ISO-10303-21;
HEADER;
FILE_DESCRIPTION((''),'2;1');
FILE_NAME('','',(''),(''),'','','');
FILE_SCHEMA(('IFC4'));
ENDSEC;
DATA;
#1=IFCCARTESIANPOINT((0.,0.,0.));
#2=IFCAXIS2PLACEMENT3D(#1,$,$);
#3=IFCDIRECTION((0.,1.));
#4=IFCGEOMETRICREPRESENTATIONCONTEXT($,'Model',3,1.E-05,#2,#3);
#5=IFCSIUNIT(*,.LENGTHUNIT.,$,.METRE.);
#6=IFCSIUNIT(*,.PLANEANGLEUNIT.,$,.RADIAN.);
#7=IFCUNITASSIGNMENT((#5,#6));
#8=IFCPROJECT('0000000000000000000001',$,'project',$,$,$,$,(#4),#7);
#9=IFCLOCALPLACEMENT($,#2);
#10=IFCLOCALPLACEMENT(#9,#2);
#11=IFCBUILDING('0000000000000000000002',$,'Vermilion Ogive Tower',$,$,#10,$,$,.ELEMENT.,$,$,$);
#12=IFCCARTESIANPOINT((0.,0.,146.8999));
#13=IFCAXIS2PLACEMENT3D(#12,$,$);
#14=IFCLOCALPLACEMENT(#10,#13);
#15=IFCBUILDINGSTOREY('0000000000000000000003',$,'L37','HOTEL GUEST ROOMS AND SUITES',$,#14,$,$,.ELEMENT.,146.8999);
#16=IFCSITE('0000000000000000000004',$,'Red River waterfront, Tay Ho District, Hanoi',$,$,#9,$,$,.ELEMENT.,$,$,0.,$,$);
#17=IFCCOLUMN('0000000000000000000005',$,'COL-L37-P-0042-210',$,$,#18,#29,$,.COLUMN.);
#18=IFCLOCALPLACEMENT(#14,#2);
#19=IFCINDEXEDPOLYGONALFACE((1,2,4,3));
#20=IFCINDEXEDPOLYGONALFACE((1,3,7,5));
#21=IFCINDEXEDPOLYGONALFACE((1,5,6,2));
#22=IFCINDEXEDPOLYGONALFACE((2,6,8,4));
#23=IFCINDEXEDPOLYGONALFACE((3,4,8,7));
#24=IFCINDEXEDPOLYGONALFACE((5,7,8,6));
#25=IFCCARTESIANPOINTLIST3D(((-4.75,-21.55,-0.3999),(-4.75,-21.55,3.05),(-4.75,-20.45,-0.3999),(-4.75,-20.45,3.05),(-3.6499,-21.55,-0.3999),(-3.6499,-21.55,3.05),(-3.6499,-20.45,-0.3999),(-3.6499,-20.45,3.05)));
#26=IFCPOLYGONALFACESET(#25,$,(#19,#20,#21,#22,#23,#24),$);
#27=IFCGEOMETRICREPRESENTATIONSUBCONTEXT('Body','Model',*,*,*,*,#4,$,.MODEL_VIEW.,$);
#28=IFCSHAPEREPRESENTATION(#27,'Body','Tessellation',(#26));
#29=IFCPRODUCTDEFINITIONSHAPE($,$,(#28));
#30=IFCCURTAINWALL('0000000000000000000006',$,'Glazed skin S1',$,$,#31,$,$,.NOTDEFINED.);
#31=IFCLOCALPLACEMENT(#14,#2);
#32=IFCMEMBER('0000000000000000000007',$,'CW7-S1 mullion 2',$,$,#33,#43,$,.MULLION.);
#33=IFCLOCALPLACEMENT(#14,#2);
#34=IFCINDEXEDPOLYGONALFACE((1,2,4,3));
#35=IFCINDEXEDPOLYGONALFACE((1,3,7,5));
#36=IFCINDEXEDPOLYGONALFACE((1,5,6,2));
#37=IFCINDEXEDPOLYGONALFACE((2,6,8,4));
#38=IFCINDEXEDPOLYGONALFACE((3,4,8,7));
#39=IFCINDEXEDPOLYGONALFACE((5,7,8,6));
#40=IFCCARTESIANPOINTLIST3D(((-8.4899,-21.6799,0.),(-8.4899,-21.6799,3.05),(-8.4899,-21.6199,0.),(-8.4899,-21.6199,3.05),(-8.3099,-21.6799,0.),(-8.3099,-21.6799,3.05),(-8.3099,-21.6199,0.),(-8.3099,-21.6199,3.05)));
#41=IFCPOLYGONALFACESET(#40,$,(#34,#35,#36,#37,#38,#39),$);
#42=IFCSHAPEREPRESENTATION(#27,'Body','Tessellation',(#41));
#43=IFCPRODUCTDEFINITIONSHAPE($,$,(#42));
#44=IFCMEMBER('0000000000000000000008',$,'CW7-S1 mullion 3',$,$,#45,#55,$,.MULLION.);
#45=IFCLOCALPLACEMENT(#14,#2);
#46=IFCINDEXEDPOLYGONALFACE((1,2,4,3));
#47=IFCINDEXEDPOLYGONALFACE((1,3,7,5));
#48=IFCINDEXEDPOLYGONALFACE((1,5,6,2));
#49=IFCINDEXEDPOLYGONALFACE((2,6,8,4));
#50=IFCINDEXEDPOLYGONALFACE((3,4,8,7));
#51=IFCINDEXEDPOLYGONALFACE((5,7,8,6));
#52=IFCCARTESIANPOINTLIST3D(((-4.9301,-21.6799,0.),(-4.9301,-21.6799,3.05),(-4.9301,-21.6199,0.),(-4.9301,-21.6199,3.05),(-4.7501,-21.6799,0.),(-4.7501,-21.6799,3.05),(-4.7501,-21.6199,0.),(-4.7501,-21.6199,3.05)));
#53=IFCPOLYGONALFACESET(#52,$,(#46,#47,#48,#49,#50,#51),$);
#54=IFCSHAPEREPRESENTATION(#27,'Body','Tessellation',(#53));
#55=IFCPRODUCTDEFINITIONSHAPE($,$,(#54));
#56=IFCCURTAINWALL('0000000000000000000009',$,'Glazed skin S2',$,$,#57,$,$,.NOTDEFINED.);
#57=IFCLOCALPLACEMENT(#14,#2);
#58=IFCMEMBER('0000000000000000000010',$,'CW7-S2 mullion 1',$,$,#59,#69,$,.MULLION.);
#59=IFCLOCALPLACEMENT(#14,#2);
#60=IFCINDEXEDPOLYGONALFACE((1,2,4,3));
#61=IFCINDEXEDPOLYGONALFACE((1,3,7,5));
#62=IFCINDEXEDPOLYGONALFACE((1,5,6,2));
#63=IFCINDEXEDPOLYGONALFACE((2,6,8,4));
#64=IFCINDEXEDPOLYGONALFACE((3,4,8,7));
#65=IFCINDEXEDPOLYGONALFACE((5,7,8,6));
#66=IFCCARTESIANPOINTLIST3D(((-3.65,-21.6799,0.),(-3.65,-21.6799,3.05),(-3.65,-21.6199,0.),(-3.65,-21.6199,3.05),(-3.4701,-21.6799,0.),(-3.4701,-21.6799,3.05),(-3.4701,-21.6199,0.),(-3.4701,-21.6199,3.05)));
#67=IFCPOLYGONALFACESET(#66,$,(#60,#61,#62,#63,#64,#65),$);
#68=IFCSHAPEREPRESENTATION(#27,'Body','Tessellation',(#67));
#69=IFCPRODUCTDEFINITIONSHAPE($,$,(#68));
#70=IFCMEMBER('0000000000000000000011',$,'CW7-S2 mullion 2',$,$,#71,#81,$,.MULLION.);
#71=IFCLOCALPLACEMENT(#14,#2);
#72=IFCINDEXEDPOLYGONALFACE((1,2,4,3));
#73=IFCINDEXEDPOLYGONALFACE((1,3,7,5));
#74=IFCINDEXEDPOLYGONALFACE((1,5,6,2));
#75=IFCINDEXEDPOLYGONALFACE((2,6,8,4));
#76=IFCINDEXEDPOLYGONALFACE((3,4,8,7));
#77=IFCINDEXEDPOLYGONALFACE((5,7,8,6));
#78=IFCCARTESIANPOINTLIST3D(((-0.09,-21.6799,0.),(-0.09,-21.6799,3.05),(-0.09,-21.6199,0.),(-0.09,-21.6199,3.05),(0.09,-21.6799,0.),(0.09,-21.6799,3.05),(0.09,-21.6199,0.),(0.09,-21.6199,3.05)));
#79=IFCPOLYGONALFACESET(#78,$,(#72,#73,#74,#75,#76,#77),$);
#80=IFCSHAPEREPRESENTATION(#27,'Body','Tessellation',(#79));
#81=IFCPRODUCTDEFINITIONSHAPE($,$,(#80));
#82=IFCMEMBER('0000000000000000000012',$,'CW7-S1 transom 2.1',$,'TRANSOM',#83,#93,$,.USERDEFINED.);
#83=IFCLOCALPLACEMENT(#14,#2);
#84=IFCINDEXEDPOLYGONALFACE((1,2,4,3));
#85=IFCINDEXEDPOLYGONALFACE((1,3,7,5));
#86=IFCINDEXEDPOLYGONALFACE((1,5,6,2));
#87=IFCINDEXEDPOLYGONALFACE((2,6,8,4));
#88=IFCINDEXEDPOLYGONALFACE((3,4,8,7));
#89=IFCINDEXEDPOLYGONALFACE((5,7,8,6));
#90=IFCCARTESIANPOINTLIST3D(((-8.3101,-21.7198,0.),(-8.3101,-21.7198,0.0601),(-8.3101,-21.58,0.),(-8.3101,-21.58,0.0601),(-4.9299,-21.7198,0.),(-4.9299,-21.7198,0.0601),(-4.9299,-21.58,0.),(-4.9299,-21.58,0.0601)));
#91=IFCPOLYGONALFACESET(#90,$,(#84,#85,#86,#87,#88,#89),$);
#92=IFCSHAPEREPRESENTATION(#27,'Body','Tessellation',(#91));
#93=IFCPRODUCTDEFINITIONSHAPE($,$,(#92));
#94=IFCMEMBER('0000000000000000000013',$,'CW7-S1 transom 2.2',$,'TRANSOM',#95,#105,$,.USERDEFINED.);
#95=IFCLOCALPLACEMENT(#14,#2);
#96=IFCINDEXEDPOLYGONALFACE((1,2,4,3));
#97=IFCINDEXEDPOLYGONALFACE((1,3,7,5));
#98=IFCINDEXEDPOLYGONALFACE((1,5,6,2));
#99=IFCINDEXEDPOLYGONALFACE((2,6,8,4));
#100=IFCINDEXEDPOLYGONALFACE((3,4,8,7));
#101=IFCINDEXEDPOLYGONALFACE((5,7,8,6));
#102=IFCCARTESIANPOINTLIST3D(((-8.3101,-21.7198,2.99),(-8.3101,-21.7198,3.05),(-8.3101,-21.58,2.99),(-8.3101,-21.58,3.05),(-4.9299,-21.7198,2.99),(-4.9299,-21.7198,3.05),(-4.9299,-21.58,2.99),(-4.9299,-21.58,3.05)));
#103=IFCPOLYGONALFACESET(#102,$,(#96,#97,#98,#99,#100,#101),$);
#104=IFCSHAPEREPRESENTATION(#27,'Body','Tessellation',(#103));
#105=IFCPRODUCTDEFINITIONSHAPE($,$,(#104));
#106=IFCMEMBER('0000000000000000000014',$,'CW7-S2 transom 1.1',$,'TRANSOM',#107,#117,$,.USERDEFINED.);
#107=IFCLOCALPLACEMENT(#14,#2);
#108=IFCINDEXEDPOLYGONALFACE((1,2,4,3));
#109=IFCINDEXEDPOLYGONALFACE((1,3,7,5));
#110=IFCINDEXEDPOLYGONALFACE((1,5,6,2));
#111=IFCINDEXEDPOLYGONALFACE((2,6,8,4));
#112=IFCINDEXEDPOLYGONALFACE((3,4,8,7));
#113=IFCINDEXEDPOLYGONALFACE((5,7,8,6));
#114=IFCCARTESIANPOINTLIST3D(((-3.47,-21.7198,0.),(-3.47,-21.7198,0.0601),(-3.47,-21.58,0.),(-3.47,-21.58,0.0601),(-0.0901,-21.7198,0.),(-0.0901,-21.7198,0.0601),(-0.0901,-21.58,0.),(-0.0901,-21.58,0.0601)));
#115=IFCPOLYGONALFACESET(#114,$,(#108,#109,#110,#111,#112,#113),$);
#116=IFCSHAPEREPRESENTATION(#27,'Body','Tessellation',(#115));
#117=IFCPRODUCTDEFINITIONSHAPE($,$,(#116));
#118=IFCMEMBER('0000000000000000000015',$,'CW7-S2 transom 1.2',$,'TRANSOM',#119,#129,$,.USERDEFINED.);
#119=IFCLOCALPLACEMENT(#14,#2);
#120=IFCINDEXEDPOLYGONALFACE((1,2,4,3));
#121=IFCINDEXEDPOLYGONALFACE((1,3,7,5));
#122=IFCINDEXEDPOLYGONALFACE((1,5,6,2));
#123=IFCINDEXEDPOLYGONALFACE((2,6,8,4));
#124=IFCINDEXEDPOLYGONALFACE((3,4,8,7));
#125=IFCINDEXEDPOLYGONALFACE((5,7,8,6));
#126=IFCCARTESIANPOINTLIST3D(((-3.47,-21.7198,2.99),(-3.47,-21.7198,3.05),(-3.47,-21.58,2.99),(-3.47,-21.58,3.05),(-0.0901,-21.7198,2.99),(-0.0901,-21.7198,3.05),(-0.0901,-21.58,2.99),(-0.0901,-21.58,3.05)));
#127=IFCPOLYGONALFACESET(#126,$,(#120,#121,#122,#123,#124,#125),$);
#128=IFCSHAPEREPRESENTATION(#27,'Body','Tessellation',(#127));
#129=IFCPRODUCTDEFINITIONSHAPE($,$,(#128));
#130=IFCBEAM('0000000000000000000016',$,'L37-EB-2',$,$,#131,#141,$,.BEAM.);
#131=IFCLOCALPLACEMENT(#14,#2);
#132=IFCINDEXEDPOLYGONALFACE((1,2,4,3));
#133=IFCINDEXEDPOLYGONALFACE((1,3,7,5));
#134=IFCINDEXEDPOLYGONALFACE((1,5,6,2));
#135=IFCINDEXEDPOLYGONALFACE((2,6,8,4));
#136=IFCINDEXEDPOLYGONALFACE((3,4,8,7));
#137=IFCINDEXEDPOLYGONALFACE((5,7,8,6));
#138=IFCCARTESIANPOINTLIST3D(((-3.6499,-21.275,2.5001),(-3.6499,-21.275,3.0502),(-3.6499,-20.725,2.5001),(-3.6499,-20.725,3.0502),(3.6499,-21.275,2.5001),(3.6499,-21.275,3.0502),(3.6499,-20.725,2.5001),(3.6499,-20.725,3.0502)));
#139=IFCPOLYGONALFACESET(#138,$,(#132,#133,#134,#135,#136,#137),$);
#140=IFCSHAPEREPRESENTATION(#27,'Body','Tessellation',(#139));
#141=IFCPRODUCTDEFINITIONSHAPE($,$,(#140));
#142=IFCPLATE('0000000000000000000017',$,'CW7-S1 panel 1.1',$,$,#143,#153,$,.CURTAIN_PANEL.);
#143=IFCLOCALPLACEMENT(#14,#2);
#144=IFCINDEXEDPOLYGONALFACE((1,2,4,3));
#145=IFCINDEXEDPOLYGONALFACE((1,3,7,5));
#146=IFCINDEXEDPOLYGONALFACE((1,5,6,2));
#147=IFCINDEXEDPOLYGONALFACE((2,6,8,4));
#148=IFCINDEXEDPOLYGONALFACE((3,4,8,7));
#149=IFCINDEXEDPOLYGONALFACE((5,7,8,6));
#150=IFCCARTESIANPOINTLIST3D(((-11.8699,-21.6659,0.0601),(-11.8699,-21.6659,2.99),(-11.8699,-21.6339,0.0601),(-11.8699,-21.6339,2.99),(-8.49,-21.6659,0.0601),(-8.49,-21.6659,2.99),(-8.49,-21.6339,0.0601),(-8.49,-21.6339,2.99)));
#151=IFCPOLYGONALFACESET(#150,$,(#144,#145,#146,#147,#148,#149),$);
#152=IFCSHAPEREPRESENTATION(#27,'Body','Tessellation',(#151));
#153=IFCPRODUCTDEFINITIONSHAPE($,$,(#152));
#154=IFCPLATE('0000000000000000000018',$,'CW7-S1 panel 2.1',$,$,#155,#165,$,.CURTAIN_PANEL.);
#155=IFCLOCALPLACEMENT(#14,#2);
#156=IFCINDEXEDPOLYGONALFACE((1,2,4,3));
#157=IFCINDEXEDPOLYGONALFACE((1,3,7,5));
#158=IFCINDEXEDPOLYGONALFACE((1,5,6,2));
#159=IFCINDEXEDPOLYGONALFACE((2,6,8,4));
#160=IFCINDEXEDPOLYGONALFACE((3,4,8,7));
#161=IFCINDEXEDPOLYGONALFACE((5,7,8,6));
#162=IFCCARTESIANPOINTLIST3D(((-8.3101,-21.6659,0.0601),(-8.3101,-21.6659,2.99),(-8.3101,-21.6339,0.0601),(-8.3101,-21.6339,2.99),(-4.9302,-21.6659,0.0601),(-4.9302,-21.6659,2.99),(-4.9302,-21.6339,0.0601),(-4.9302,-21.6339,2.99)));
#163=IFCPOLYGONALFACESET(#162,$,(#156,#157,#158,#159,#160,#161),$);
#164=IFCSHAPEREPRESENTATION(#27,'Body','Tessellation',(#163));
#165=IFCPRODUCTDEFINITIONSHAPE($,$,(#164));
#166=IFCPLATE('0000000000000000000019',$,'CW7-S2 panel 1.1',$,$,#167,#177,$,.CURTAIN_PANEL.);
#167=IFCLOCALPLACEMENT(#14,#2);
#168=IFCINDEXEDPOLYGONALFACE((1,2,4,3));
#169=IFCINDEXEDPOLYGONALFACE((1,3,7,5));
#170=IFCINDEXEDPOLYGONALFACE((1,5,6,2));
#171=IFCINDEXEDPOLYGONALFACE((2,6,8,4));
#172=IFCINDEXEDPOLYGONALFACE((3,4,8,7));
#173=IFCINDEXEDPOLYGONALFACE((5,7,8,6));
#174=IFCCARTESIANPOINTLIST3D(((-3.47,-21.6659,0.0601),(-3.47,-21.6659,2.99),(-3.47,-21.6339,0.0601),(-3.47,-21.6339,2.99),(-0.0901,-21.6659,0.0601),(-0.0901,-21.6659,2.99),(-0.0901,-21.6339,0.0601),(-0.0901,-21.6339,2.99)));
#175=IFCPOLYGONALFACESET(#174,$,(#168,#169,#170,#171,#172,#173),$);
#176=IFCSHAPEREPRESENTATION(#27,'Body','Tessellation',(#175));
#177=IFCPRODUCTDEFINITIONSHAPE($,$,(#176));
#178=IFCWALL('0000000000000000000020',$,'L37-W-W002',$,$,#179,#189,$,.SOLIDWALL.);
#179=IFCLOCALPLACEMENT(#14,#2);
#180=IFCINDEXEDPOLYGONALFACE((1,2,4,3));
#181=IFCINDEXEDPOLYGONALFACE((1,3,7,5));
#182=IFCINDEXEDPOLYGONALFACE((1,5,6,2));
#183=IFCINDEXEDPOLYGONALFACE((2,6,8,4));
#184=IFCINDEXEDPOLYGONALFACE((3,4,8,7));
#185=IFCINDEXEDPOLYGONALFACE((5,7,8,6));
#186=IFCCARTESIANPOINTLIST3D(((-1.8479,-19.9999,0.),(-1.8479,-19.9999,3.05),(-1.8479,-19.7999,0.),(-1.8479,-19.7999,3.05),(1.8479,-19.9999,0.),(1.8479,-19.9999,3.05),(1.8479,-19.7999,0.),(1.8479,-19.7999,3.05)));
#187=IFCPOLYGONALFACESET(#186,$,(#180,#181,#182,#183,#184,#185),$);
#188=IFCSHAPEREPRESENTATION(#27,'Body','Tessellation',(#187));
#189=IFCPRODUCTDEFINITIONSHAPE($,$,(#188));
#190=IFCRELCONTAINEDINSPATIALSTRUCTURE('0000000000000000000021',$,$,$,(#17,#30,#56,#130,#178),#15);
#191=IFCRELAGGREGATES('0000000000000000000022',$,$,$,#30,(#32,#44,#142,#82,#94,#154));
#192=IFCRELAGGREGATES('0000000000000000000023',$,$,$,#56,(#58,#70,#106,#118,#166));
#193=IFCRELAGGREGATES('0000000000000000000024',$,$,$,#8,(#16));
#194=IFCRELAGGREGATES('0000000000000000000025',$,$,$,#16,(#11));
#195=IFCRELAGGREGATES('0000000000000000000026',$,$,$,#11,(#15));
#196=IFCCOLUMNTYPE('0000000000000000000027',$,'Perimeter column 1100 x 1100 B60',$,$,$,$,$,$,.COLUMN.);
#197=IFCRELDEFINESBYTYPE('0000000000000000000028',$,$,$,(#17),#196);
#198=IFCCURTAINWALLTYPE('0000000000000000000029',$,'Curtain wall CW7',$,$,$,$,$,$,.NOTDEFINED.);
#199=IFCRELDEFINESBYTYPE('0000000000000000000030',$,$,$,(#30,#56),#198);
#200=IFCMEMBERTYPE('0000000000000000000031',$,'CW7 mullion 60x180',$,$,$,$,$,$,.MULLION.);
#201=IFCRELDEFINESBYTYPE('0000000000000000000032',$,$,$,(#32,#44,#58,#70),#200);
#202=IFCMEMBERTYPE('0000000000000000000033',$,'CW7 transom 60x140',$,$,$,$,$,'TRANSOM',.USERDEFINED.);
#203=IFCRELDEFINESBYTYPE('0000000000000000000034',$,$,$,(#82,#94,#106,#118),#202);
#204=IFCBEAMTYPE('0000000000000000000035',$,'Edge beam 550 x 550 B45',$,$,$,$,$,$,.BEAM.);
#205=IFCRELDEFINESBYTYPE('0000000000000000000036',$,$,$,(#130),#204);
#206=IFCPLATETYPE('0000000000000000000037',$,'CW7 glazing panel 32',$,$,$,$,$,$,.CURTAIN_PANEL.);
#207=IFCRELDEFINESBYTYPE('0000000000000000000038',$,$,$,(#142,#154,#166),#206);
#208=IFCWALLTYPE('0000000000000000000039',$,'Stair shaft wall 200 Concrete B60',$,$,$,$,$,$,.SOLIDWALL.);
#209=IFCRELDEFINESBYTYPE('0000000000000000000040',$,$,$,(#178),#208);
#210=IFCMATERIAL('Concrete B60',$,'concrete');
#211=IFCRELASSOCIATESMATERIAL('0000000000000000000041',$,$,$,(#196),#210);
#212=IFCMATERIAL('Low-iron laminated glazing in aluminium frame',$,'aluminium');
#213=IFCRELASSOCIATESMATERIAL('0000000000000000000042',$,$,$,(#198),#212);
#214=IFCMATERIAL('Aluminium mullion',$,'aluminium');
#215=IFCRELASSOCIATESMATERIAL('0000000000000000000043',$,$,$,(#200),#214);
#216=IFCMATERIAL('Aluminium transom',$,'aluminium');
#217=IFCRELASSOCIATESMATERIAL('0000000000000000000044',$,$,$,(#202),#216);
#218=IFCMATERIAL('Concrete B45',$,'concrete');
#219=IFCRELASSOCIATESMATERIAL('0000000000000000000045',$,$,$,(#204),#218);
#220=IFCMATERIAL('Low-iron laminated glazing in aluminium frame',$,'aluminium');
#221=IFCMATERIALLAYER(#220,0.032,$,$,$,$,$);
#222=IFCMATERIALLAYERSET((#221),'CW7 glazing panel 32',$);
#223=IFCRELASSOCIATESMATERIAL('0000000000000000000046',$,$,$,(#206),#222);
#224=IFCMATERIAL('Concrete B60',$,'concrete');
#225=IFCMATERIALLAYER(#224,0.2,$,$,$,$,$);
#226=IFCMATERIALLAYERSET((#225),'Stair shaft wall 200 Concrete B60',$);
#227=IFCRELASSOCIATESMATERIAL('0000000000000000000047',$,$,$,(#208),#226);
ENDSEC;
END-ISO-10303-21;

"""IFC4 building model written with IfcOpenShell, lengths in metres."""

from ifc_helpers import new_model, si_unit, direction, frame, frame_2d, origin, origin_2d, place, context, subcontext, project, spatial, rectangle, extrude, material, layer, layer_set, material_profile, profile_set, type_object, element, aggregate, save


model = new_model("IFC4")

# Units and contexts
model_context = context("Model", 3, precision=1e-05, world=origin(), true_north=direction((0.0, 1.0)))
body_context = subcontext(model_context, "Body", "Model", "MODEL_VIEW")
ifc_project = project(units=[si_unit("LENGTHUNIT", "METRE"), si_unit("PLANEANGLEUNIT", "RADIAN")], contexts=[model_context])

# Site, building, storey
site_placement = place(None, origin())
site = spatial("IfcSite", under=ifc_project, at=site_placement, Name="Red River waterfront, Tay Ho District, Hanoi", CompositionType="ELEMENT", RefElevation=0.0)
building_placement = place(site_placement, origin())
building = spatial("IfcBuilding", under=site, at=building_placement, Name="Vermilion Ogive Tower", CompositionType="ELEMENT")
storey_placement = place(building_placement, frame((0.0, 0.0, 146.8999)))
storey = spatial("IfcBuildingStorey", under=building, at=storey_placement, Name="L37", Description="HOTEL GUEST ROOMS AND SUITES", CompositionType="ELEMENT", Elevation=146.8999)

# Column
ifc_material_1 = material(Name="Concrete B60", Category="concrete")
ifc_material_profile_1 = material_profile(ifc_material_1, rectangle(XDim=1.1001, YDim=1.1001, at=origin_2d()), Name="1100 x 1100")
ifc_profile_set_1 = profile_set([ifc_material_profile_1], Name="Concrete B60")
column_type = type_object("IfcColumnType", Name="Perimeter column 1100 x 1100 B60", PredefinedType="COLUMN", material=ifc_profile_set_1)
column_placement = place(storey_placement, frame((-4.2, -21.0, -0.3999), z_axis=(0.0, 0.0, 1.0), x_axis=(1.0, 0.0, 0.0)))
element("IfcColumn", 1, at=column_placement, inside=storey, type_object=column_type, Name="COL-L37-P-0042-210", PredefinedType="COLUMN", context=body_context, shape_type="SweptSolid", body=[
    extrude(rectangle(XDim=1.1001, YDim=1.1001, at=origin_2d()), origin(), (0.0, 0.0, 1.0), 3.45),
])

# Curtain walls, members
ifc_material_2 = material(Name="Low-iron laminated glazing in aluminium frame", Category="aluminium")
curtain_wall_type = type_object("IfcCurtainWallType", Name="Curtain wall CW7", PredefinedType="NOTDEFINED", material=ifc_material_2)
curtain_wall_1_placement = place(storey_placement, origin())
curtain_wall_1 = element("IfcCurtainWall", 2, at=curtain_wall_1_placement, inside=storey, type_object=curtain_wall_type, Name="Glazed skin S1", PredefinedType="NOTDEFINED")
ifc_material_3 = material(Name="Aluminium mullion", Category="aluminium")
ifc_material_profile_2 = material_profile(ifc_material_3, rectangle(XDim=0.0601, YDim=0.1799, at=origin_2d()), Name="AL 60x180")
ifc_profile_set_2 = profile_set([ifc_material_profile_2], Name="Aluminium mullion")
member_type_1 = type_object("IfcMemberType", Name="CW7 mullion 60x180", PredefinedType="MULLION", material=ifc_profile_set_2)
member_1_placement = place(storey_placement, frame((-8.3999, -21.6499, 0.0), z_axis=(0.0, 0.0, 1.0), x_axis=(0.0, 1.0, 0.0)))
member_1 = element("IfcMember", 3, at=member_1_placement, type_object=member_type_1, Name="CW7-S1 mullion 2", PredefinedType="MULLION", context=body_context, shape_type="SweptSolid", body=[
    extrude(rectangle(XDim=0.0601, YDim=0.1799, at=origin_2d()), origin(), (0.0, 0.0, 1.0), 3.05),
])
member_2_placement = place(storey_placement, frame((-4.8401, -21.6499, 0.0), z_axis=(0.0, 0.0, 1.0), x_axis=(0.0, 1.0, 0.0)))
member_2 = element("IfcMember", 4, at=member_2_placement, type_object=member_type_1, Name="CW7-S1 mullion 3", PredefinedType="MULLION", context=body_context, shape_type="SweptSolid", body=[
    extrude(rectangle(XDim=0.0601, YDim=0.1799, at=origin_2d()), origin(), (0.0, 0.0, 1.0), 3.05),
])
curtain_wall_2_placement = place(storey_placement, origin())
curtain_wall_2 = element("IfcCurtainWall", 5, at=curtain_wall_2_placement, inside=storey, type_object=curtain_wall_type, Name="Glazed skin S2", PredefinedType="NOTDEFINED")
member_3_placement = place(storey_placement, frame((-3.5601, -21.6499, 0.0), z_axis=(0.0, 0.0, 1.0), x_axis=(0.0, 1.0, 0.0)))
member_3 = element("IfcMember", 6, at=member_3_placement, type_object=member_type_1, Name="CW7-S2 mullion 1", PredefinedType="MULLION", context=body_context, shape_type="SweptSolid", body=[
    extrude(rectangle(XDim=0.0601, YDim=0.1799, at=origin_2d()), origin(), (0.0, 0.0, 1.0), 3.05),
])
member_4_placement = place(storey_placement, frame((0.0, -21.6499, 0.0), z_axis=(0.0, 0.0, 1.0), x_axis=(0.0, 1.0, 0.0)))
member_4 = element("IfcMember", 7, at=member_4_placement, type_object=member_type_1, Name="CW7-S2 mullion 2", PredefinedType="MULLION", context=body_context, shape_type="SweptSolid", body=[
    extrude(rectangle(XDim=0.0601, YDim=0.1799, at=origin_2d()), origin(), (0.0, 0.0, 1.0), 3.05),
])

# Members
ifc_material_4 = material(Name="Aluminium transom", Category="aluminium")
ifc_material_profile_3 = material_profile(ifc_material_4, rectangle(XDim=0.1399, YDim=0.0601, at=origin_2d()), Name="AL 60x140")
ifc_profile_set_3 = profile_set([ifc_material_profile_3], Name="Aluminium transom")
member_type_2 = type_object("IfcMemberType", Name="CW7 transom 60x140", ElementType="TRANSOM", PredefinedType="USERDEFINED", material=ifc_profile_set_3)
member_5_placement = place(storey_placement, frame((-8.3101, -21.6499, 0.03), z_axis=(1.0, 0.0, 0.0), x_axis=(0.0, 1.0, 0.0)))
member_5 = element("IfcMember", 8, at=member_5_placement, type_object=member_type_2, Name="CW7-S1 transom 2.1", ObjectType="TRANSOM", PredefinedType="USERDEFINED", context=body_context, shape_type="SweptSolid", body=[
    extrude(rectangle(XDim=0.1399, YDim=0.0601, at=origin_2d()), origin(), (0.0, 0.0, 1.0), 3.3801),
])
member_6_placement = place(storey_placement, frame((-8.3101, -21.6499, 3.02), z_axis=(1.0, 0.0, 0.0), x_axis=(0.0, 1.0, 0.0)))
member_6 = element("IfcMember", 9, at=member_6_placement, type_object=member_type_2, Name="CW7-S1 transom 2.2", ObjectType="TRANSOM", PredefinedType="USERDEFINED", context=body_context, shape_type="SweptSolid", body=[
    extrude(rectangle(XDim=0.1399, YDim=0.0601, at=origin_2d()), origin(), (0.0, 0.0, 1.0), 3.3801),
])
member_7_placement = place(storey_placement, frame((-3.47, -21.6499, 0.03), z_axis=(1.0, 0.0, 0.0), x_axis=(0.0, 1.0, 0.0)))
member_7 = element("IfcMember", 10, at=member_7_placement, type_object=member_type_2, Name="CW7-S2 transom 1.1", ObjectType="TRANSOM", PredefinedType="USERDEFINED", context=body_context, shape_type="SweptSolid", body=[
    extrude(rectangle(XDim=0.1399, YDim=0.0601, at=origin_2d()), origin(), (0.0, 0.0, 1.0), 3.3799),
])
member_8_placement = place(storey_placement, frame((-3.47, -21.6499, 3.02), z_axis=(1.0, 0.0, 0.0), x_axis=(0.0, 1.0, 0.0)))
member_8 = element("IfcMember", 11, at=member_8_placement, type_object=member_type_2, Name="CW7-S2 transom 1.2", ObjectType="TRANSOM", PredefinedType="USERDEFINED", context=body_context, shape_type="SweptSolid", body=[
    extrude(rectangle(XDim=0.1399, YDim=0.0601, at=origin_2d()), origin(), (0.0, 0.0, 1.0), 3.3799),
])

# Beam
ifc_material_5 = material(Name="Concrete B45", Category="concrete")
ifc_material_profile_4 = material_profile(ifc_material_5, rectangle(XDim=0.55, YDim=0.55, at=origin_2d()), Name="550 x 550")
ifc_profile_set_4 = profile_set([ifc_material_profile_4], Name="Concrete B45")
beam_type = type_object("IfcBeamType", Name="Edge beam 550 x 550 B45", PredefinedType="BEAM", material=ifc_profile_set_4)
beam_placement = place(storey_placement, frame((-3.6499, -21.0, 2.7751), z_axis=(1.0, 0.0, 0.0), x_axis=(0.0, 1.0, 0.0)))
element("IfcBeam", 12, at=beam_placement, inside=storey, type_object=beam_type, Name="L37-EB-2", PredefinedType="BEAM", context=body_context, shape_type="SweptSolid", body=[
    extrude(rectangle(XDim=0.55, YDim=0.55, at=origin_2d()), origin(), (0.0, 0.0, 1.0), 7.2998),
])

# Plates
ifc_material_6 = material(Name="Low-iron laminated glazing in aluminium frame", Category="aluminium")
ifc_layer_1 = layer(ifc_material_6, 0.032)
ifc_layer_set_1 = layer_set([ifc_layer_1], Name="CW7 glazing panel 32")
plate_type = type_object("IfcPlateType", Name="CW7 glazing panel 32", PredefinedType="CURTAIN_PANEL", material=ifc_layer_set_1)
plate_1_placement = place(storey_placement, frame((-10.1799, -21.6499, 0.0601), z_axis=(0.0, 0.0, 1.0), x_axis=(1.0, 0.0, 0.0)))
plate_1 = element("IfcPlate", 13, at=plate_1_placement, type_object=plate_type, Name="CW7-S1 panel 1.1", PredefinedType="CURTAIN_PANEL", context=body_context, shape_type="SweptSolid", body=[
    extrude(rectangle(XDim=3.3799, YDim=0.032, at=origin_2d()), origin(), (0.0, 0.0, 1.0), 2.9299),
])
plate_2_placement = place(storey_placement, frame((-6.6201, -21.6499, 0.0601), z_axis=(0.0, 0.0, 1.0), x_axis=(1.0, 0.0, 0.0)))
plate_2 = element("IfcPlate", 14, at=plate_2_placement, type_object=plate_type, Name="CW7-S1 panel 2.1", PredefinedType="CURTAIN_PANEL", context=body_context, shape_type="SweptSolid", body=[
    extrude(rectangle(XDim=3.3799, YDim=0.032, at=origin_2d()), origin(), (0.0, 0.0, 1.0), 2.9299),
])
aggregate(curtain_wall_1, [member_1, member_2, plate_1, member_5, member_6, plate_2])
plate_3_placement = place(storey_placement, frame((-1.78, -21.6499, 0.0601), z_axis=(0.0, 0.0, 1.0), x_axis=(1.0, 0.0, 0.0)))
plate_3 = element("IfcPlate", 15, at=plate_3_placement, type_object=plate_type, Name="CW7-S2 panel 1.1", PredefinedType="CURTAIN_PANEL", context=body_context, shape_type="SweptSolid", body=[
    extrude(rectangle(XDim=3.3799, YDim=0.032, at=origin_2d()), origin(), (0.0, 0.0, 1.0), 2.9299),
])
aggregate(curtain_wall_2, [member_3, member_4, member_7, member_8, plate_3])

# Wall
ifc_material_7 = material(Name="Concrete B60", Category="concrete")
ifc_layer_2 = layer(ifc_material_7, 0.2)
ifc_layer_set_2 = layer_set([ifc_layer_2], Name="Stair shaft wall 200 Concrete B60")
wall_type = type_object("IfcWallType", Name="Stair shaft wall 200 Concrete B60", PredefinedType="SOLIDWALL", material=ifc_layer_set_2)
wall_1_placement = place(storey_placement, frame((-1.8479, -19.8999, 0.0), z_axis=(0.0, 0.0, 1.0), x_axis=(1.0, 0.0, 0.0)))
element("IfcWall", 16, at=wall_1_placement, inside=storey, type_object=wall_type, Name="L37-W-W002", PredefinedType="SOLIDWALL", context=body_context, shape_type="SweptSolid", body=[
    extrude(rectangle(XDim=3.6958, YDim=0.2, at=frame_2d((1.8479, 0.0))), origin(), (0.0, 0.0, 1.0), 3.05),
])

save(model, "model.ifc")
